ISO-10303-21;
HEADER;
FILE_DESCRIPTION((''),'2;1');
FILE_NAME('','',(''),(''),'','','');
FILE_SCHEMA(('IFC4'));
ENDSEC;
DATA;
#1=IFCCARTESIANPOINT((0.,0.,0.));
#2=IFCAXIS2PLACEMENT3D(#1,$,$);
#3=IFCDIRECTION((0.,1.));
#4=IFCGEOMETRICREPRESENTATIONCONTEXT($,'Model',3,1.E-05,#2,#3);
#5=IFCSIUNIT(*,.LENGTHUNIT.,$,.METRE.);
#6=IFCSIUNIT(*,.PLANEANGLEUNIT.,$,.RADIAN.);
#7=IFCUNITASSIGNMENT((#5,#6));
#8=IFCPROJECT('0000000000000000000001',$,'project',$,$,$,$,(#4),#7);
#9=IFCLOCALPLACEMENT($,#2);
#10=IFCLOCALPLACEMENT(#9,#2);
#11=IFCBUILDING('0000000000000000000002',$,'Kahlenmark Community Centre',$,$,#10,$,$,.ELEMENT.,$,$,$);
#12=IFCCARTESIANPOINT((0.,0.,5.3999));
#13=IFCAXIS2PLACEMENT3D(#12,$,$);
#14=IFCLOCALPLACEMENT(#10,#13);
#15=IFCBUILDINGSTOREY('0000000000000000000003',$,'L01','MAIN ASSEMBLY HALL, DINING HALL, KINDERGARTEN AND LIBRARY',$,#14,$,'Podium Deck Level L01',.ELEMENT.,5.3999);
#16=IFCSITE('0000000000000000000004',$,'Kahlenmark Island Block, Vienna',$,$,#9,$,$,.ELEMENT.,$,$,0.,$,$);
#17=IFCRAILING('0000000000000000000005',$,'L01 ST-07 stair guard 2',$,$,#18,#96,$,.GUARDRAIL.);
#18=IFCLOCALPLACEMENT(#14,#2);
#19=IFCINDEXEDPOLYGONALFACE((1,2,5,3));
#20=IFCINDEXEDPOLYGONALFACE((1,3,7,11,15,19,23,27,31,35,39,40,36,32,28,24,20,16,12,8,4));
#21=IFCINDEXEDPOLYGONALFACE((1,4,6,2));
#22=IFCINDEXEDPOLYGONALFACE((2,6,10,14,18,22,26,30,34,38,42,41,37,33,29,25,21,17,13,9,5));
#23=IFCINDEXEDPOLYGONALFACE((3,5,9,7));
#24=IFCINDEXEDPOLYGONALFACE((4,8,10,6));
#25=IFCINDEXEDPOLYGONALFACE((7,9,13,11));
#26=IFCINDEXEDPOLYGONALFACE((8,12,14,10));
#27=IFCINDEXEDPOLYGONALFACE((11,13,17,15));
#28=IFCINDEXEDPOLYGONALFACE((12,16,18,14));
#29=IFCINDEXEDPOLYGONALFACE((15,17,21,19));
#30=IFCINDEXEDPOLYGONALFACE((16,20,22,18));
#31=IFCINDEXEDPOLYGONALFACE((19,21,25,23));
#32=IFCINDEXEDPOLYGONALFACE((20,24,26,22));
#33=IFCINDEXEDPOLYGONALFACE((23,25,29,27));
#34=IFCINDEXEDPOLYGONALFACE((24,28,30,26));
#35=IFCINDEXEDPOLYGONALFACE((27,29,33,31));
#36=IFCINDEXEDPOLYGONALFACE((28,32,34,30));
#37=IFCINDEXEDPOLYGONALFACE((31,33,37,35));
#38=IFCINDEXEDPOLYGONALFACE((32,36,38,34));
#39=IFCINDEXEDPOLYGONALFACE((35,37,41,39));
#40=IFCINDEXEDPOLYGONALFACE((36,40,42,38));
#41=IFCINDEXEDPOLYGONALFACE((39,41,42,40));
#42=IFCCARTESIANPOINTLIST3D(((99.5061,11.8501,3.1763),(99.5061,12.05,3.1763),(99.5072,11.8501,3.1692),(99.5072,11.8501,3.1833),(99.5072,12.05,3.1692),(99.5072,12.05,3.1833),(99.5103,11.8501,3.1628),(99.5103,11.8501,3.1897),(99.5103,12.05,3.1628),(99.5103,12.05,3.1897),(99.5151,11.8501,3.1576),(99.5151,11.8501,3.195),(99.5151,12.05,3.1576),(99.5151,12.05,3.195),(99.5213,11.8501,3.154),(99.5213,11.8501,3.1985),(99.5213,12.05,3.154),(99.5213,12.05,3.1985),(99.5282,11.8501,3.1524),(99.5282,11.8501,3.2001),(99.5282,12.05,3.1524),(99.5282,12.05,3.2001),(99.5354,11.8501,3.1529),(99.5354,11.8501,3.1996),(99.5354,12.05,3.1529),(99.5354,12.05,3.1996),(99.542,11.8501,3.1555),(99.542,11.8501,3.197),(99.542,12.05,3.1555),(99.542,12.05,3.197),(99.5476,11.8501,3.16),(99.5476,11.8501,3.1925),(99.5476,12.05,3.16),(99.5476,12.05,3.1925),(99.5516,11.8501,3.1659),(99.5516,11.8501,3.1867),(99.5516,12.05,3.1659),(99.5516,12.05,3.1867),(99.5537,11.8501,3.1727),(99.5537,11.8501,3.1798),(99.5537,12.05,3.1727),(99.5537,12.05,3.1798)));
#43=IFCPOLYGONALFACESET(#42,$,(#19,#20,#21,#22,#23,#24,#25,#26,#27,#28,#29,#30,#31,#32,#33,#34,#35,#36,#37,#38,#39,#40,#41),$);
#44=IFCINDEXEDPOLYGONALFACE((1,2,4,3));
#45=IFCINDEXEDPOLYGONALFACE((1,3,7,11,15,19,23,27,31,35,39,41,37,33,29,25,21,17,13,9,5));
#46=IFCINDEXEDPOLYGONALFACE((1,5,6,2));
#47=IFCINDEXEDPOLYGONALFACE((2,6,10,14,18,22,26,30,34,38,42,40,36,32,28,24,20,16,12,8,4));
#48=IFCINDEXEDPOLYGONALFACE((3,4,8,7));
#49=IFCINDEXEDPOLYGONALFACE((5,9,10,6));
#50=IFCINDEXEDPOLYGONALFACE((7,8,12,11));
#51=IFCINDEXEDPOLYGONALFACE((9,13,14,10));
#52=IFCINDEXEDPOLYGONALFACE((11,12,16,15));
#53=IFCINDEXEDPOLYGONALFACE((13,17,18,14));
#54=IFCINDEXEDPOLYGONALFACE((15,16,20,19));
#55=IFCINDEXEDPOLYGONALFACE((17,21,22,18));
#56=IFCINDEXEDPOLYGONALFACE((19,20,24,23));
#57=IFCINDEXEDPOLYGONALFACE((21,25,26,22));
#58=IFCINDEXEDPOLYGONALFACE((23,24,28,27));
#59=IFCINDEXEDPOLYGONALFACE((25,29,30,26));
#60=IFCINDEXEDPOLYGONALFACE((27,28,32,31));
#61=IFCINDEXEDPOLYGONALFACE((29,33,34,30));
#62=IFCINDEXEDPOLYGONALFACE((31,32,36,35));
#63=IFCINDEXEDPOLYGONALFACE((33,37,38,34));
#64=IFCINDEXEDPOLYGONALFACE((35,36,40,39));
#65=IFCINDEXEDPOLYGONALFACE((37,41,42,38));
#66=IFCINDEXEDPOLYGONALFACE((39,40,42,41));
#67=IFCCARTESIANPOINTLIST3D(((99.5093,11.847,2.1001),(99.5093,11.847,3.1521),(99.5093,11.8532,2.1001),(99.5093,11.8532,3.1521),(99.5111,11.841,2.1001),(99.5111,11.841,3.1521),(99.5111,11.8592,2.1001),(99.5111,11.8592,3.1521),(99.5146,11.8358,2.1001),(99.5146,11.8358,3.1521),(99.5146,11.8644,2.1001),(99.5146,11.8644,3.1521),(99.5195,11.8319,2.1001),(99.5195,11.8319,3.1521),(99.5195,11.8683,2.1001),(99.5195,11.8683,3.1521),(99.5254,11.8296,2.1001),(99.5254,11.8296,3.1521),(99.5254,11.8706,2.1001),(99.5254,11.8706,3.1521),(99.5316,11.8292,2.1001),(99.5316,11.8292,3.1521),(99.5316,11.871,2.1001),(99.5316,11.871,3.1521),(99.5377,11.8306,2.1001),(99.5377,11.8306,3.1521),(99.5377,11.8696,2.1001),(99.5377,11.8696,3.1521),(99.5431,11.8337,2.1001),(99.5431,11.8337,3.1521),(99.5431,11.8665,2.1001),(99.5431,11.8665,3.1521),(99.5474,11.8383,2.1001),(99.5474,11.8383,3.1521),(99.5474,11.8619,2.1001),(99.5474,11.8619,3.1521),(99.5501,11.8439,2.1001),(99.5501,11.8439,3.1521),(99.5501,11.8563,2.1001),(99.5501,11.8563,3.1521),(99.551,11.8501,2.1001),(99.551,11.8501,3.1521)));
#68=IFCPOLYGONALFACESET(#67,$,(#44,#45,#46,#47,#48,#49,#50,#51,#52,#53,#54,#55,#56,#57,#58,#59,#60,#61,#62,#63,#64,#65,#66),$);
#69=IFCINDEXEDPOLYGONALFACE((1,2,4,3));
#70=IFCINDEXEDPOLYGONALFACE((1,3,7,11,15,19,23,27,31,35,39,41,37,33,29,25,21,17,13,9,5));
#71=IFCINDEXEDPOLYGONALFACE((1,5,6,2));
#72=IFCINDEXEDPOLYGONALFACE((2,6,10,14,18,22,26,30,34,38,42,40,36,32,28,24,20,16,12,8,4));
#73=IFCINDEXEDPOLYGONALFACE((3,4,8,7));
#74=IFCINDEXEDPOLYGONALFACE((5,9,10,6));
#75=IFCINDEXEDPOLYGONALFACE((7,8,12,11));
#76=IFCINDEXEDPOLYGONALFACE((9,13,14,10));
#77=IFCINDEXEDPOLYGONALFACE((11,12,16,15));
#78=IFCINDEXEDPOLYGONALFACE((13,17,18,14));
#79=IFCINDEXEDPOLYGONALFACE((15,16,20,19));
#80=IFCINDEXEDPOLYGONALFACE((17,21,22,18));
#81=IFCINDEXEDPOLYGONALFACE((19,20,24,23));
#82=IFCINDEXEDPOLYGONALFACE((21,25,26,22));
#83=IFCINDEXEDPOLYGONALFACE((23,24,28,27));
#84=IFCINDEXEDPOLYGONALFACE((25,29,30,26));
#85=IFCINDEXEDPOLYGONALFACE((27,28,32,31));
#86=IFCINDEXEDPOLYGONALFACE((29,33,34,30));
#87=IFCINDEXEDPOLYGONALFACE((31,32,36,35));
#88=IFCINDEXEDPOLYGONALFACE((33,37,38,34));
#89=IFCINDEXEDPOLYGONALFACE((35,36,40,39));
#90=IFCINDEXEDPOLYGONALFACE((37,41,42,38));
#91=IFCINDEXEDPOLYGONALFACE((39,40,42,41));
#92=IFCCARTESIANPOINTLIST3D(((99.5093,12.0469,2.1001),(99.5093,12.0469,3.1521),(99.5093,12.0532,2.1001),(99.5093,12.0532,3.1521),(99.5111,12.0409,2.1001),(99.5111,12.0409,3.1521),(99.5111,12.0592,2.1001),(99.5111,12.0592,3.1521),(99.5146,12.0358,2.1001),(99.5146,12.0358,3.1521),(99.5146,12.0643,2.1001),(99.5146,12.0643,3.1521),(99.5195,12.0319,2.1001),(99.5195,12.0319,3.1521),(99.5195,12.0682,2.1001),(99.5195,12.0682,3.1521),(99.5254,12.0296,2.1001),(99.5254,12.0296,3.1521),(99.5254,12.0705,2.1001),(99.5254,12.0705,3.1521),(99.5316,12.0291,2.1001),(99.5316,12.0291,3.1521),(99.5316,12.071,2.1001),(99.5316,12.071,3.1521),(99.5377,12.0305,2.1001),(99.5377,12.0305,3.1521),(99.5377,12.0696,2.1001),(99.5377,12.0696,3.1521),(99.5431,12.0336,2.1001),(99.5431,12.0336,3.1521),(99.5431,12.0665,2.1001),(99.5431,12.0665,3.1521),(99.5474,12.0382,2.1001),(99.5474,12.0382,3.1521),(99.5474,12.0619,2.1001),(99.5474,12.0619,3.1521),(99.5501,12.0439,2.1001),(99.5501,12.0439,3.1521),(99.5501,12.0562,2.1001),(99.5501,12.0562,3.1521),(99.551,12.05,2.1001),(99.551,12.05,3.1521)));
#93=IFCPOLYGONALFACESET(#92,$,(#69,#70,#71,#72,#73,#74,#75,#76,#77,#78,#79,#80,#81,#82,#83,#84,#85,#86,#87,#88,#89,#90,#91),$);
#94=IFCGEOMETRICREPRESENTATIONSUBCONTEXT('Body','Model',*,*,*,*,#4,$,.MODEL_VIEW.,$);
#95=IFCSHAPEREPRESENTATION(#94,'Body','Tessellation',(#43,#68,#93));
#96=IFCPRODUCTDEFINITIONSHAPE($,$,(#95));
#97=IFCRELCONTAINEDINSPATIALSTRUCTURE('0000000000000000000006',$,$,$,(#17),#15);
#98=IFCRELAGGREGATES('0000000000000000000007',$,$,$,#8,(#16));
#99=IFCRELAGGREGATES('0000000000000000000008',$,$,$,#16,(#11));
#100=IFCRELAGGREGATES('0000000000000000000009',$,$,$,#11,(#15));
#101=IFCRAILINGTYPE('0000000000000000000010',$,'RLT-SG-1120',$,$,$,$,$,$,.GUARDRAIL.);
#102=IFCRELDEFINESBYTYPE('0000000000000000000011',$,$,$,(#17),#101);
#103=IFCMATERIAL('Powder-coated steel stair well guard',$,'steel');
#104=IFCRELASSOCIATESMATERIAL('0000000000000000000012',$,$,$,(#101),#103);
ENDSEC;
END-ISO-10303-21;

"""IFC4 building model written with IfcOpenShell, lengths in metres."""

from ifc_helpers import new_model, si_unit, direction, frame, origin, origin_2d, place, context, subcontext, project, spatial, circle, extrude, material, type_object, element, save


model = new_model("IFC4")

# Units and contexts
model_context = context("Model", 3, precision=1e-05, world=origin(), true_north=direction((0.0, 1.0)))
body_context = subcontext(model_context, "Body", "Model", "MODEL_VIEW")
ifc_project = project(units=[si_unit("LENGTHUNIT", "METRE"), si_unit("PLANEANGLEUNIT", "RADIAN")], contexts=[model_context])

# Site, building, storey
site_placement = place(None, origin())
site = spatial("IfcSite", under=ifc_project, at=site_placement, Name="Kahlenmark Island Block, Vienna", CompositionType="ELEMENT", RefElevation=0.0)
building_placement = place(site_placement, origin())
building = spatial("IfcBuilding", under=site, at=building_placement, Name="Kahlenmark Community Centre", CompositionType="ELEMENT")
storey_placement = place(building_placement, frame((0.0, 0.0, 5.3999)))
storey = spatial("IfcBuildingStorey", under=building, at=storey_placement, Name="L01", Description="MAIN ASSEMBLY HALL, DINING HALL, KINDERGARTEN AND LIBRARY", LongName="Podium Deck Level L01", CompositionType="ELEMENT", Elevation=5.3999)

# Railing
ifc_material_1 = material(Name="Powder-coated steel stair well guard", Category="steel")
railing_type_1 = type_object("IfcRailingType", Name="RLT-SG-1120", PredefinedType="GUARDRAIL", material=ifc_material_1)
railing_1_placement = place(storey_placement, frame((99.53, 11.8501, 2.1001)))
element("IfcRailing", 1, at=railing_1_placement, inside=storey, type_object=railing_type_1, Name="L01 ST-07 stair guard 2", PredefinedType="GUARDRAIL", context=body_context, shape_type="SweptSolid", body=[
    extrude(circle(Radius=0.0239, at=origin_2d()), frame((0.0, 0.0, 1.0762), z_axis=(0.0, 1.0, 0.0), x_axis=(-1.0, 0.0, 0.0)), (0.0, 0.0, 1.0), 0.2),
    extrude(circle(Radius=0.021, at=origin_2d()), origin(), (0.0, 0.0, 1.0), 1.052),
    extrude(circle(Radius=0.021, at=origin_2d()), frame((0.0, 0.2, 0.0)), (0.0, 0.0, 1.0), 1.052),
])

save(model, "model.ifc")
